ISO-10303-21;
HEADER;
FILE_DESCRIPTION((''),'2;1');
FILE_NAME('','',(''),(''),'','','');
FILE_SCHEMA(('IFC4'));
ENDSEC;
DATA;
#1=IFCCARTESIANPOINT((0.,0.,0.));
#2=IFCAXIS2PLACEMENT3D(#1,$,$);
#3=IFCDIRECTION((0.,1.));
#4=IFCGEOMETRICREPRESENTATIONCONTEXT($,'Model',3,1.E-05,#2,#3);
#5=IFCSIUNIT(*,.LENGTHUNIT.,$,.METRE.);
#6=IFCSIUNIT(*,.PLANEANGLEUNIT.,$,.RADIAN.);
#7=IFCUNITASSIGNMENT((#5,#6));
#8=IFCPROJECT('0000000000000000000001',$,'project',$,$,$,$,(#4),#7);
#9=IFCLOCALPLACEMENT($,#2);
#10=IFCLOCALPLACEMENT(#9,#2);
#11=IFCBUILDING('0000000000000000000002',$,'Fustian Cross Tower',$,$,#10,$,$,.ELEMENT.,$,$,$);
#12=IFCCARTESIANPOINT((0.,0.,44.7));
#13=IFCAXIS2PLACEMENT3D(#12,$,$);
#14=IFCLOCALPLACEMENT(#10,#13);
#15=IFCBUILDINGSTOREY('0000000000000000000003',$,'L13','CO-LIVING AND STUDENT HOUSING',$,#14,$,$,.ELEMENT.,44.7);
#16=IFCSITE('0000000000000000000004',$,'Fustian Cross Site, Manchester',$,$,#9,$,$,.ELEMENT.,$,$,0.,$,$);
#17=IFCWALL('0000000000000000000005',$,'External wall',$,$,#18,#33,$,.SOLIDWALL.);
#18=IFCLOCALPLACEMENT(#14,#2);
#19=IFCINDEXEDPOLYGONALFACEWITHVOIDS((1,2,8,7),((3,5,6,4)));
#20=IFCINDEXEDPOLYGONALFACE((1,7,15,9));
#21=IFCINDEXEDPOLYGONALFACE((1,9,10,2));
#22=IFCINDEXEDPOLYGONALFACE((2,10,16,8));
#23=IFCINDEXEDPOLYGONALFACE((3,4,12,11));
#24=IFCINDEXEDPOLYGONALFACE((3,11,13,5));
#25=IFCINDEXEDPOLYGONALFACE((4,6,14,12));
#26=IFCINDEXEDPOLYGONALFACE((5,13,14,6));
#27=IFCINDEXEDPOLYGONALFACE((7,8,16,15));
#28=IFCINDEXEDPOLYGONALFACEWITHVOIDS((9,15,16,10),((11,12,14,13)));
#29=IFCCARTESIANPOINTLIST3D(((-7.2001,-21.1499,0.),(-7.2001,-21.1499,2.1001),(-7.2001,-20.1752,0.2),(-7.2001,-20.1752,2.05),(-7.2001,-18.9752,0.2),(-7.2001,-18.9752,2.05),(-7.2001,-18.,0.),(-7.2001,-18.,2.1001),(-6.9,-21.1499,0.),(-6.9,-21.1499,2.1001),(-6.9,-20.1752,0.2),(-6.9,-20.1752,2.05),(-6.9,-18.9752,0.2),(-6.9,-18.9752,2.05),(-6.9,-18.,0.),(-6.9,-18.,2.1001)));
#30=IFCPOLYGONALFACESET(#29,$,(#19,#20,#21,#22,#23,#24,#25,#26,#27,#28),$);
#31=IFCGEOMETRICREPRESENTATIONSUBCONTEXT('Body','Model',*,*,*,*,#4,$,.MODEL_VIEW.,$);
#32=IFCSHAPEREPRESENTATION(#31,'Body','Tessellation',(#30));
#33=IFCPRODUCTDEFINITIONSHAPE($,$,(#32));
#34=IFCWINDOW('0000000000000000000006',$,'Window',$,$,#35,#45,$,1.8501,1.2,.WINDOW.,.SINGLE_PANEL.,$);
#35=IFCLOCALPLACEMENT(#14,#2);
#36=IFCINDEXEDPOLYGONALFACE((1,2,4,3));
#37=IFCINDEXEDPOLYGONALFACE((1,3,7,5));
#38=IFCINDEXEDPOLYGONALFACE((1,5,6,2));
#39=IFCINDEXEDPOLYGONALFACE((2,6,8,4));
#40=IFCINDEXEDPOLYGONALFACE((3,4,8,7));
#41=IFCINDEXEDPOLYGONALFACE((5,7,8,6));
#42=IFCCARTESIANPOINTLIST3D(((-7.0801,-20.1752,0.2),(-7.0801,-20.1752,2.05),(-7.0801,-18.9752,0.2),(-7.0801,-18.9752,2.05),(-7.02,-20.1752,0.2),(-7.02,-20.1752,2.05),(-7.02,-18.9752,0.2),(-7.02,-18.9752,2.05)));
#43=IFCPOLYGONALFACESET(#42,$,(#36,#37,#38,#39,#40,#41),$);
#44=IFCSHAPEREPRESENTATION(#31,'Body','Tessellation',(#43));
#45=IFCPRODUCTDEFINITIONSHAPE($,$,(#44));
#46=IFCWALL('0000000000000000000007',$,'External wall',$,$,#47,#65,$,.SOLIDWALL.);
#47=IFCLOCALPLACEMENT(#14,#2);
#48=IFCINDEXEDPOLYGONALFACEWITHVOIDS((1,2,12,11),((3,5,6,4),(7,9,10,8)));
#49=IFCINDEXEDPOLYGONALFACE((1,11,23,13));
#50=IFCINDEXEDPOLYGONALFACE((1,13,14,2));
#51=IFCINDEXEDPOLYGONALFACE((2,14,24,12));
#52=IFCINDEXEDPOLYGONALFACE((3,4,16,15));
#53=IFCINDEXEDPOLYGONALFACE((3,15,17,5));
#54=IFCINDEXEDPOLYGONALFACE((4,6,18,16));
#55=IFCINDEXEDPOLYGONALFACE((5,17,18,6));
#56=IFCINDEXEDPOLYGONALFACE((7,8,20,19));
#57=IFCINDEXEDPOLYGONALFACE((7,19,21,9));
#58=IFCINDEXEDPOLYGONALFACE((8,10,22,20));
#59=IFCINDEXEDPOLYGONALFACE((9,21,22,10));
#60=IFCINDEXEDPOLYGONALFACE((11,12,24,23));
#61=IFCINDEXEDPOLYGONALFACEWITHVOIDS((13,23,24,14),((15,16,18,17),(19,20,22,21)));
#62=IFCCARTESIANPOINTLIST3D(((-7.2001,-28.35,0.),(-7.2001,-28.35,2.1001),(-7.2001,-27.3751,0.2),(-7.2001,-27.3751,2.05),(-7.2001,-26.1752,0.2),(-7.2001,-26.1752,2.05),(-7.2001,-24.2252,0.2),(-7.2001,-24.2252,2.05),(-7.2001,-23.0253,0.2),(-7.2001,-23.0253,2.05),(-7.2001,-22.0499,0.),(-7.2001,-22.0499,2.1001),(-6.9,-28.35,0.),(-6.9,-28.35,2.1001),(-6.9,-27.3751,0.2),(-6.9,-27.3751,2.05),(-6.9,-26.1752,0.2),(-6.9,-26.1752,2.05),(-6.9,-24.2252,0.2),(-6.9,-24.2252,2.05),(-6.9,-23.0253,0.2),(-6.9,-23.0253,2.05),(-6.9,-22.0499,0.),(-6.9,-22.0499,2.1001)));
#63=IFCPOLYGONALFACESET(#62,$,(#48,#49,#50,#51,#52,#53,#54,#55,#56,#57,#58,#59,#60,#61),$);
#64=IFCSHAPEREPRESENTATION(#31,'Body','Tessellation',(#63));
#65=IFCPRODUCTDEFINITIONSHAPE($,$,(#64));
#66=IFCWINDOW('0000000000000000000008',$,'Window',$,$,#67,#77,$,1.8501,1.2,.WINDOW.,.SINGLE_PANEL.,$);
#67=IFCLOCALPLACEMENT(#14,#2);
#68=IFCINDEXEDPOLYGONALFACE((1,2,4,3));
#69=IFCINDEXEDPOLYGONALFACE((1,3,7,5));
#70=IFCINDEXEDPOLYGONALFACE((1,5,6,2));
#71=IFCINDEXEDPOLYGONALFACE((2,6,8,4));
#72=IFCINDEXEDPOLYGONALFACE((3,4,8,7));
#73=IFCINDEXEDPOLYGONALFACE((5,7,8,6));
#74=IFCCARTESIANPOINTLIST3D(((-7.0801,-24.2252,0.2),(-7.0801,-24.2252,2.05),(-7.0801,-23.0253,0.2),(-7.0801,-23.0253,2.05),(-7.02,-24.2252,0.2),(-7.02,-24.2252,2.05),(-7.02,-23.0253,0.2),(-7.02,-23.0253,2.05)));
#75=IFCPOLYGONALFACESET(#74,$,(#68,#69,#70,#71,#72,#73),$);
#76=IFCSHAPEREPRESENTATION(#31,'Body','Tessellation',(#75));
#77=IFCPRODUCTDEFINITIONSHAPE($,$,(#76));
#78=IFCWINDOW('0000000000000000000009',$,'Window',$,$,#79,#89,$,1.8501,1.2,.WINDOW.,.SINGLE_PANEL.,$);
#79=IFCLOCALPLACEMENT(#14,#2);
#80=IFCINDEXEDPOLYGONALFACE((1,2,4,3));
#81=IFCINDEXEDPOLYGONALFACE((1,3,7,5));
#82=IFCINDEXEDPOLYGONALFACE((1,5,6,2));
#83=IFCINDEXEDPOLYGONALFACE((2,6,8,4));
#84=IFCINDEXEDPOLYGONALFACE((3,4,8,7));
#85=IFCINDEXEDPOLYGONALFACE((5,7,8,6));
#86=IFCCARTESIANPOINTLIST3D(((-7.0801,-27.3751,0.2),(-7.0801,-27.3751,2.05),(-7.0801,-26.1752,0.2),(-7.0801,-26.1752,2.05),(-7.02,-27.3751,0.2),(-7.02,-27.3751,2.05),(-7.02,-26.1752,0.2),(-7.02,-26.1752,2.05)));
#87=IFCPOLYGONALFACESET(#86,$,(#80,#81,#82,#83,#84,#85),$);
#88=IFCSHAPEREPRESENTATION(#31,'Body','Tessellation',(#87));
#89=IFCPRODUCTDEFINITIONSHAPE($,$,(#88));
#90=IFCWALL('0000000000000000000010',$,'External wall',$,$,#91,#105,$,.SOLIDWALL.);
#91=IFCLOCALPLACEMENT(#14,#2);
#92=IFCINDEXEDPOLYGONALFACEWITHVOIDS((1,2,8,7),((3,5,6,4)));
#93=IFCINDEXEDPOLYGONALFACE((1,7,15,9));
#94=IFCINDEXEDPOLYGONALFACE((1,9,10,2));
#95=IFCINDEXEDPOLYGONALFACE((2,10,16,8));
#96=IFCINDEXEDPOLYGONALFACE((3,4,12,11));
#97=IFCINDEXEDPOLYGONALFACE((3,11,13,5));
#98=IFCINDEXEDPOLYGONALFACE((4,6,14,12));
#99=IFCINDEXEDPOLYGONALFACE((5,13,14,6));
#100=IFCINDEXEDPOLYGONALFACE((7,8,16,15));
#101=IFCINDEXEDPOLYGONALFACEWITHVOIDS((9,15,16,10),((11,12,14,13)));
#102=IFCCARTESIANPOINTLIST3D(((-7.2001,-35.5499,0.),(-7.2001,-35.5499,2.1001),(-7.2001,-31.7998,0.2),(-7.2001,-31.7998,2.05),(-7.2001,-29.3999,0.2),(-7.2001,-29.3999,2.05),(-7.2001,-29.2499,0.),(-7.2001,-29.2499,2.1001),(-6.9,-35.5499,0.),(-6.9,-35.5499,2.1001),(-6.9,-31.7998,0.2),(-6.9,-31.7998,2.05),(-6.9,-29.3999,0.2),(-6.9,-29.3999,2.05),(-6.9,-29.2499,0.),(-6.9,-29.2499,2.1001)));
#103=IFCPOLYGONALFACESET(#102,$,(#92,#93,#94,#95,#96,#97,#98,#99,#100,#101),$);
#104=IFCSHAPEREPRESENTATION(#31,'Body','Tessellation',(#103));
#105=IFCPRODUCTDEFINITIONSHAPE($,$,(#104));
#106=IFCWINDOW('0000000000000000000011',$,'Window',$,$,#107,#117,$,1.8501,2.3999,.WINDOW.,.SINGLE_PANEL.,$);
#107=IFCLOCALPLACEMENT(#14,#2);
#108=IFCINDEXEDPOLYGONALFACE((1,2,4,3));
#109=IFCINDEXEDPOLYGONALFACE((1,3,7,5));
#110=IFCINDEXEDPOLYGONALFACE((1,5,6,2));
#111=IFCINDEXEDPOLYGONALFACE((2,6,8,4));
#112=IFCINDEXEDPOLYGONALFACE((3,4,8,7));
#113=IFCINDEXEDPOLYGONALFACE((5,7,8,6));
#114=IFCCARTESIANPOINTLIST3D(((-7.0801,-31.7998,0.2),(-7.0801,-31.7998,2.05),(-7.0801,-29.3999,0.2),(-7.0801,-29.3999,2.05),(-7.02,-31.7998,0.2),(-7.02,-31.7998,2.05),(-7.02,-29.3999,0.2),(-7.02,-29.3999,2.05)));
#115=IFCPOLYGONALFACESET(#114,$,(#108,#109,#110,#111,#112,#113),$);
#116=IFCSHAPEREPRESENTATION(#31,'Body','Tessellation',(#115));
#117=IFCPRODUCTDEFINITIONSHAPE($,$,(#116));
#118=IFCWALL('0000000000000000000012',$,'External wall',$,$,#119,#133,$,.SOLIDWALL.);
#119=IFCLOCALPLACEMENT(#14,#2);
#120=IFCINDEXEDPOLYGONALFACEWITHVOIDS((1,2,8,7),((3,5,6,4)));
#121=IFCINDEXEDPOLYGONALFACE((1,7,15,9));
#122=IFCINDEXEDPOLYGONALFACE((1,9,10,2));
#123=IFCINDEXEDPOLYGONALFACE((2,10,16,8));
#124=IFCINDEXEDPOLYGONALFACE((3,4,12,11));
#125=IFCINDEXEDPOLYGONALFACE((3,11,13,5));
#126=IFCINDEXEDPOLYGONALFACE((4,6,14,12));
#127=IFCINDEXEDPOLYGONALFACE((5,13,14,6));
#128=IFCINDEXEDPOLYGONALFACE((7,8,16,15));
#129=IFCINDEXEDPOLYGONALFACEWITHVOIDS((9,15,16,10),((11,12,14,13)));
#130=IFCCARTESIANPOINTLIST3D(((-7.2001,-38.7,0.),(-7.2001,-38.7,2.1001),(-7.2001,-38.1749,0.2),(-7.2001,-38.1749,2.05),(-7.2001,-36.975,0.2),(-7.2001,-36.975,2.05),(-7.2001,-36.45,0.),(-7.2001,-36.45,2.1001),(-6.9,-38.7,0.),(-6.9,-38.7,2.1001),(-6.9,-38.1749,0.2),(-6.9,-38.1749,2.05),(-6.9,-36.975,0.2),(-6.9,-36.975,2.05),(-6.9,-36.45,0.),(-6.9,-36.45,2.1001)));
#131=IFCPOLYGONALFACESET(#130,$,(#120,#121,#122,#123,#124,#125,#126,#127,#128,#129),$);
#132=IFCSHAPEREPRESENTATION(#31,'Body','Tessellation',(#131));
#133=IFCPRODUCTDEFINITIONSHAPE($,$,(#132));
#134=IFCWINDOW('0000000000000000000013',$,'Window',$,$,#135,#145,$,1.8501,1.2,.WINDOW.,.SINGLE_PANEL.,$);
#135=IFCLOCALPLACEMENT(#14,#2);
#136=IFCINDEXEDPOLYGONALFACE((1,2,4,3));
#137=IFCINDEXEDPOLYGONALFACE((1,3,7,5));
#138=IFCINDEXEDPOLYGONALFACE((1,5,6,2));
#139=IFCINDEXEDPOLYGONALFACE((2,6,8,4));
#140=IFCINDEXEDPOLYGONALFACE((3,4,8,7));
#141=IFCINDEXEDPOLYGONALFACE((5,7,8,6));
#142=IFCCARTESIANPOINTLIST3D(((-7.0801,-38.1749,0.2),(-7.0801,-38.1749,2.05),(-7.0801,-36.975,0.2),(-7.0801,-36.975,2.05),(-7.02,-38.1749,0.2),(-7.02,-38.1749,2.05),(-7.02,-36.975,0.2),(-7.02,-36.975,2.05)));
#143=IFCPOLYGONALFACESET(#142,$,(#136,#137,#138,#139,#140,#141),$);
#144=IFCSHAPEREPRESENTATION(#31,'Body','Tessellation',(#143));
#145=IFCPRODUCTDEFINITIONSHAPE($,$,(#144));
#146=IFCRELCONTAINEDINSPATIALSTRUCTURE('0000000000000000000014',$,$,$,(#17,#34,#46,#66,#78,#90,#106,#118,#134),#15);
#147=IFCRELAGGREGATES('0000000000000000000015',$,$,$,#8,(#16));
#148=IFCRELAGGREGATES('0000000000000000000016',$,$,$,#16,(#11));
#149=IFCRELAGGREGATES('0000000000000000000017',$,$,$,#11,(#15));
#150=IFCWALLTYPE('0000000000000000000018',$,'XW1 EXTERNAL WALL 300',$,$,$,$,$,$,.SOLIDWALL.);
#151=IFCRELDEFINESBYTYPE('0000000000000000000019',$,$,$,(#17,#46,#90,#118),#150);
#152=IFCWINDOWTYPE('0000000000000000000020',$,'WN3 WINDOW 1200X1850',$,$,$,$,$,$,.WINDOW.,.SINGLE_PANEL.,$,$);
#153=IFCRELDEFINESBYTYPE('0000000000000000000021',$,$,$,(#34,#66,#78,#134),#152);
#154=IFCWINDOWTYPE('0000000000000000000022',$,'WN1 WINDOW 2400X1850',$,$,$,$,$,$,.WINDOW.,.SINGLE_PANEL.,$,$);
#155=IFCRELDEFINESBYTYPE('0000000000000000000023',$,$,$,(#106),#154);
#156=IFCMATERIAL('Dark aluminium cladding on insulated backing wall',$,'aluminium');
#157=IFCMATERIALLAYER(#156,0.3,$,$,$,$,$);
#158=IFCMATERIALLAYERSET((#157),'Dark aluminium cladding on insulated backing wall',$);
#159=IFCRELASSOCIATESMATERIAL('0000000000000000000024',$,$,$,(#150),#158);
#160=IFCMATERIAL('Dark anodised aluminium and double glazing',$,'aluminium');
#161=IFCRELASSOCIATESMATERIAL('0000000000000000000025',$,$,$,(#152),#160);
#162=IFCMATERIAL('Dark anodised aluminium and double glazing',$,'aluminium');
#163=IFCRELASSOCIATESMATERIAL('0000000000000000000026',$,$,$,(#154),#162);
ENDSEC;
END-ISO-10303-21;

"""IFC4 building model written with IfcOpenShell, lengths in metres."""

from ifc_helpers import new_model, si_unit, direction, frame, frame_2d, origin, place, context, subcontext, project, spatial, rectangle, extrude, material, layer, layer_set, type_object, element, fill, save


model = new_model("IFC4")

# Units and contexts
model_context = context("Model", 3, precision=1e-05, world=origin(), true_north=direction((0.0, 1.0)))
body_context = subcontext(model_context, "Body", "Model", "MODEL_VIEW")
ifc_project = project(units=[si_unit("LENGTHUNIT", "METRE"), si_unit("PLANEANGLEUNIT", "RADIAN")], contexts=[model_context])

# Site, building, storey
site_placement = place(None, origin())
site = spatial("IfcSite", under=ifc_project, at=site_placement, Name="Fustian Cross Site, Manchester", CompositionType="ELEMENT", RefElevation=0.0)
building_placement = place(site_placement, origin())
building = spatial("IfcBuilding", under=site, at=building_placement, Name="Fustian Cross Tower", CompositionType="ELEMENT")
storey_placement = place(building_placement, frame((0.0, 0.0, 44.7)))
storey = spatial("IfcBuildingStorey", under=building, at=storey_placement, Name="L13", Description="CO-LIVING AND STUDENT HOUSING", CompositionType="ELEMENT", Elevation=44.7)

# Wall, opening, window
ifc_material_1 = material(Name="Dark aluminium cladding on insulated backing wall", Category="aluminium")
ifc_layer_1 = layer(ifc_material_1, 0.3)
ifc_layer_set_1 = layer_set([ifc_layer_1], Name="Dark aluminium cladding on insulated backing wall")
wall_type_1 = type_object("IfcWallType", Name="XW1 EXTERNAL WALL 300", PredefinedType="SOLIDWALL", material=ifc_layer_set_1)
ifc_material_2 = material(Name="Dark anodised aluminium and double glazing", Category="aluminium")
window_type_1 = type_object("IfcWindowType", Name="WN3 WINDOW 1200X1850", PartitioningType="SINGLE_PANEL", PredefinedType="WINDOW", material=ifc_material_2)
wall_1_placement = place(storey_placement, frame((-7.05, -18.0, 0.0), z_axis=(0.0, 0.0, 1.0), x_axis=(0.0, -1.0, 0.0)))
wall_1 = element("IfcWall", 1, at=wall_1_placement, inside=storey, type_object=wall_type_1, Name="External wall", PredefinedType="SOLIDWALL", context=body_context, shape_type="SweptSolid", body=[
    extrude(rectangle(XDim=3.1499, YDim=0.3, at=frame_2d((1.575, 0.0))), origin(), (0.0, 0.0, 1.0), 2.1001),
])
opening_1_placement = place(wall_1_placement, frame((0.9751, 0.0, 0.2)))
opening_1 = element("IfcOpeningElement", 2, at=opening_1_placement, cuts=wall_1, PredefinedType="OPENING", context=body_context, shape_type="SweptSolid", body=[
    extrude(rectangle(XDim=1.2, YDim=1.8501, at=frame_2d((0.6001, 0.925))), frame((0.0, 0.1599, 0.0), z_axis=(0.0, -1.0, 0.0), x_axis=(1.0, 0.0, 0.0)), (0.0, 0.0, 1.0), 0.3201),
])
window_1_placement = place(opening_1_placement, origin())
window_1 = element("IfcWindow", 3, at=window_1_placement, inside=storey, type_object=window_type_1, Name="Window", OverallHeight=1.8501, OverallWidth=1.2, PartitioningType="SINGLE_PANEL", PredefinedType="WINDOW", context=body_context, shape_type="SweptSolid", body=[
    extrude(rectangle(XDim=1.2, YDim=1.8501, at=frame_2d((0.6001, 0.925))), frame((0.0, 0.03, 0.0), z_axis=(0.0, -1.0, 0.0), x_axis=(1.0, 0.0, 0.0)), (0.0, 0.0, 1.0), 0.0601),
])
fill(opening_1, window_1)

# Wall, openings, windows
wall_2_placement = place(storey_placement, frame((-7.05, -22.05, 0.0), z_axis=(0.0, 0.0, 1.0), x_axis=(0.0, -1.0, 0.0)))
wall_2 = element("IfcWall", 4, at=wall_2_placement, inside=storey, type_object=wall_type_1, Name="External wall", PredefinedType="SOLIDWALL", context=body_context, shape_type="SweptSolid", body=[
    extrude(rectangle(XDim=6.3, YDim=0.3, at=frame_2d((3.1499, 0.0))), origin(), (0.0, 0.0, 1.0), 2.1001),
])
opening_2_placement = place(wall_2_placement, frame((0.9751, 0.0, 0.2)))
opening_2 = element("IfcOpeningElement", 5, at=opening_2_placement, cuts=wall_2, PredefinedType="OPENING", context=body_context, shape_type="SweptSolid", body=[
    extrude(rectangle(XDim=1.2, YDim=1.8501, at=frame_2d((0.6001, 0.925))), frame((0.0, 0.1599, 0.0), z_axis=(0.0, -1.0, 0.0), x_axis=(1.0, 0.0, 0.0)), (0.0, 0.0, 1.0), 0.3201),
])
opening_3_placement = place(wall_2_placement, frame((4.125, 0.0, 0.2)))
opening_3 = element("IfcOpeningElement", 6, at=opening_3_placement, cuts=wall_2, PredefinedType="OPENING", context=body_context, shape_type="SweptSolid", body=[
    extrude(rectangle(XDim=1.2, YDim=1.8501, at=frame_2d((0.6001, 0.925))), frame((0.0, 0.1599, 0.0), z_axis=(0.0, -1.0, 0.0), x_axis=(1.0, 0.0, 0.0)), (0.0, 0.0, 1.0), 0.3201),
])
window_2_placement = place(opening_2_placement, origin())
window_2 = element("IfcWindow", 7, at=window_2_placement, inside=storey, type_object=window_type_1, Name="Window", OverallHeight=1.8501, OverallWidth=1.2, PartitioningType="SINGLE_PANEL", PredefinedType="WINDOW", context=body_context, shape_type="SweptSolid", body=[
    extrude(rectangle(XDim=1.2, YDim=1.8501, at=frame_2d((0.6001, 0.925))), frame((0.0, 0.03, 0.0), z_axis=(0.0, -1.0, 0.0), x_axis=(1.0, 0.0, 0.0)), (0.0, 0.0, 1.0), 0.0601),
])
fill(opening_2, window_2)
window_3_placement = place(opening_3_placement, origin())
window_3 = element("IfcWindow", 8, at=window_3_placement, inside=storey, type_object=window_type_1, Name="Window", OverallHeight=1.8501, OverallWidth=1.2, PartitioningType="SINGLE_PANEL", PredefinedType="WINDOW", context=body_context, shape_type="SweptSolid", body=[
    extrude(rectangle(XDim=1.2, YDim=1.8501, at=frame_2d((0.6001, 0.925))), frame((0.0, 0.03, 0.0), z_axis=(0.0, -1.0, 0.0), x_axis=(1.0, 0.0, 0.0)), (0.0, 0.0, 1.0), 0.0601),
])
fill(opening_3, window_3)

# Walls, openings, windows
wall_3_placement = place(storey_placement, frame((-7.05, -29.25, 0.0), z_axis=(0.0, 0.0, 1.0), x_axis=(0.0, -1.0, 0.0)))
wall_3 = element("IfcWall", 9, at=wall_3_placement, inside=storey, type_object=wall_type_1, Name="External wall", PredefinedType="SOLIDWALL", context=body_context, shape_type="SweptSolid", body=[
    extrude(rectangle(XDim=6.3, YDim=0.3, at=frame_2d((3.1499, 0.0))), origin(), (0.0, 0.0, 1.0), 2.1001),
])
opening_4_placement = place(wall_3_placement, frame((0.1499, 0.0, 0.2)))
opening_4 = element("IfcOpeningElement", 10, at=opening_4_placement, cuts=wall_3, PredefinedType="OPENING", context=body_context, shape_type="SweptSolid", body=[
    extrude(rectangle(XDim=2.3999, YDim=1.8501, at=frame_2d((1.2, 0.925))), frame((0.0, 0.1599, 0.0), z_axis=(0.0, -1.0, 0.0), x_axis=(1.0, 0.0, 0.0)), (0.0, 0.0, 1.0), 0.3201),
])
ifc_material_3 = material(Name="Dark anodised aluminium and double glazing", Category="aluminium")
window_type_2 = type_object("IfcWindowType", Name="WN1 WINDOW 2400X1850", PartitioningType="SINGLE_PANEL", PredefinedType="WINDOW", material=ifc_material_3)
window_4_placement = place(opening_4_placement, origin())
window_4 = element("IfcWindow", 11, at=window_4_placement, inside=storey, type_object=window_type_2, Name="Window", OverallHeight=1.8501, OverallWidth=2.3999, PartitioningType="SINGLE_PANEL", PredefinedType="WINDOW", context=body_context, shape_type="SweptSolid", body=[
    extrude(rectangle(XDim=2.3999, YDim=1.8501, at=frame_2d((1.2, 0.925))), frame((0.0, 0.03, 0.0), z_axis=(0.0, -1.0, 0.0), x_axis=(1.0, 0.0, 0.0)), (0.0, 0.0, 1.0), 0.0601),
])
fill(opening_4, window_4)
wall_4_placement = place(storey_placement, frame((-7.05, -36.45, 0.0), z_axis=(0.0, 0.0, 1.0), x_axis=(0.0, -1.0, 0.0)))
wall_4 = element("IfcWall", 12, at=wall_4_placement, inside=storey, type_object=wall_type_1, Name="External wall", PredefinedType="SOLIDWALL", context=body_context, shape_type="SweptSolid", body=[
    extrude(rectangle(XDim=2.25, YDim=0.3, at=frame_2d((1.125, 0.0))), origin(), (0.0, 0.0, 1.0), 2.1001),
])
opening_5_placement = place(wall_4_placement, frame((0.5249, 0.0, 0.2)))
opening_5 = element("IfcOpeningElement", 13, at=opening_5_placement, cuts=wall_4, PredefinedType="OPENING", context=body_context, shape_type="SweptSolid", body=[
    extrude(rectangle(XDim=1.2, YDim=1.8501, at=frame_2d((0.6001, 0.925))), frame((0.0, 0.1599, 0.0), z_axis=(0.0, -1.0, 0.0), x_axis=(1.0, 0.0, 0.0)), (0.0, 0.0, 1.0), 0.3201),
])
window_5_placement = place(opening_5_placement, origin())
window_5 = element("IfcWindow", 14, at=window_5_placement, inside=storey, type_object=window_type_1, Name="Window", OverallHeight=1.8501, OverallWidth=1.2, PartitioningType="SINGLE_PANEL", PredefinedType="WINDOW", context=body_context, shape_type="SweptSolid", body=[
    extrude(rectangle(XDim=1.2, YDim=1.8501, at=frame_2d((0.6001, 0.925))), frame((0.0, 0.03, 0.0), z_axis=(0.0, -1.0, 0.0), x_axis=(1.0, 0.0, 0.0)), (0.0, 0.0, 1.0), 0.0601),
])
fill(opening_5, window_5)

save(model, "model.ifc")
